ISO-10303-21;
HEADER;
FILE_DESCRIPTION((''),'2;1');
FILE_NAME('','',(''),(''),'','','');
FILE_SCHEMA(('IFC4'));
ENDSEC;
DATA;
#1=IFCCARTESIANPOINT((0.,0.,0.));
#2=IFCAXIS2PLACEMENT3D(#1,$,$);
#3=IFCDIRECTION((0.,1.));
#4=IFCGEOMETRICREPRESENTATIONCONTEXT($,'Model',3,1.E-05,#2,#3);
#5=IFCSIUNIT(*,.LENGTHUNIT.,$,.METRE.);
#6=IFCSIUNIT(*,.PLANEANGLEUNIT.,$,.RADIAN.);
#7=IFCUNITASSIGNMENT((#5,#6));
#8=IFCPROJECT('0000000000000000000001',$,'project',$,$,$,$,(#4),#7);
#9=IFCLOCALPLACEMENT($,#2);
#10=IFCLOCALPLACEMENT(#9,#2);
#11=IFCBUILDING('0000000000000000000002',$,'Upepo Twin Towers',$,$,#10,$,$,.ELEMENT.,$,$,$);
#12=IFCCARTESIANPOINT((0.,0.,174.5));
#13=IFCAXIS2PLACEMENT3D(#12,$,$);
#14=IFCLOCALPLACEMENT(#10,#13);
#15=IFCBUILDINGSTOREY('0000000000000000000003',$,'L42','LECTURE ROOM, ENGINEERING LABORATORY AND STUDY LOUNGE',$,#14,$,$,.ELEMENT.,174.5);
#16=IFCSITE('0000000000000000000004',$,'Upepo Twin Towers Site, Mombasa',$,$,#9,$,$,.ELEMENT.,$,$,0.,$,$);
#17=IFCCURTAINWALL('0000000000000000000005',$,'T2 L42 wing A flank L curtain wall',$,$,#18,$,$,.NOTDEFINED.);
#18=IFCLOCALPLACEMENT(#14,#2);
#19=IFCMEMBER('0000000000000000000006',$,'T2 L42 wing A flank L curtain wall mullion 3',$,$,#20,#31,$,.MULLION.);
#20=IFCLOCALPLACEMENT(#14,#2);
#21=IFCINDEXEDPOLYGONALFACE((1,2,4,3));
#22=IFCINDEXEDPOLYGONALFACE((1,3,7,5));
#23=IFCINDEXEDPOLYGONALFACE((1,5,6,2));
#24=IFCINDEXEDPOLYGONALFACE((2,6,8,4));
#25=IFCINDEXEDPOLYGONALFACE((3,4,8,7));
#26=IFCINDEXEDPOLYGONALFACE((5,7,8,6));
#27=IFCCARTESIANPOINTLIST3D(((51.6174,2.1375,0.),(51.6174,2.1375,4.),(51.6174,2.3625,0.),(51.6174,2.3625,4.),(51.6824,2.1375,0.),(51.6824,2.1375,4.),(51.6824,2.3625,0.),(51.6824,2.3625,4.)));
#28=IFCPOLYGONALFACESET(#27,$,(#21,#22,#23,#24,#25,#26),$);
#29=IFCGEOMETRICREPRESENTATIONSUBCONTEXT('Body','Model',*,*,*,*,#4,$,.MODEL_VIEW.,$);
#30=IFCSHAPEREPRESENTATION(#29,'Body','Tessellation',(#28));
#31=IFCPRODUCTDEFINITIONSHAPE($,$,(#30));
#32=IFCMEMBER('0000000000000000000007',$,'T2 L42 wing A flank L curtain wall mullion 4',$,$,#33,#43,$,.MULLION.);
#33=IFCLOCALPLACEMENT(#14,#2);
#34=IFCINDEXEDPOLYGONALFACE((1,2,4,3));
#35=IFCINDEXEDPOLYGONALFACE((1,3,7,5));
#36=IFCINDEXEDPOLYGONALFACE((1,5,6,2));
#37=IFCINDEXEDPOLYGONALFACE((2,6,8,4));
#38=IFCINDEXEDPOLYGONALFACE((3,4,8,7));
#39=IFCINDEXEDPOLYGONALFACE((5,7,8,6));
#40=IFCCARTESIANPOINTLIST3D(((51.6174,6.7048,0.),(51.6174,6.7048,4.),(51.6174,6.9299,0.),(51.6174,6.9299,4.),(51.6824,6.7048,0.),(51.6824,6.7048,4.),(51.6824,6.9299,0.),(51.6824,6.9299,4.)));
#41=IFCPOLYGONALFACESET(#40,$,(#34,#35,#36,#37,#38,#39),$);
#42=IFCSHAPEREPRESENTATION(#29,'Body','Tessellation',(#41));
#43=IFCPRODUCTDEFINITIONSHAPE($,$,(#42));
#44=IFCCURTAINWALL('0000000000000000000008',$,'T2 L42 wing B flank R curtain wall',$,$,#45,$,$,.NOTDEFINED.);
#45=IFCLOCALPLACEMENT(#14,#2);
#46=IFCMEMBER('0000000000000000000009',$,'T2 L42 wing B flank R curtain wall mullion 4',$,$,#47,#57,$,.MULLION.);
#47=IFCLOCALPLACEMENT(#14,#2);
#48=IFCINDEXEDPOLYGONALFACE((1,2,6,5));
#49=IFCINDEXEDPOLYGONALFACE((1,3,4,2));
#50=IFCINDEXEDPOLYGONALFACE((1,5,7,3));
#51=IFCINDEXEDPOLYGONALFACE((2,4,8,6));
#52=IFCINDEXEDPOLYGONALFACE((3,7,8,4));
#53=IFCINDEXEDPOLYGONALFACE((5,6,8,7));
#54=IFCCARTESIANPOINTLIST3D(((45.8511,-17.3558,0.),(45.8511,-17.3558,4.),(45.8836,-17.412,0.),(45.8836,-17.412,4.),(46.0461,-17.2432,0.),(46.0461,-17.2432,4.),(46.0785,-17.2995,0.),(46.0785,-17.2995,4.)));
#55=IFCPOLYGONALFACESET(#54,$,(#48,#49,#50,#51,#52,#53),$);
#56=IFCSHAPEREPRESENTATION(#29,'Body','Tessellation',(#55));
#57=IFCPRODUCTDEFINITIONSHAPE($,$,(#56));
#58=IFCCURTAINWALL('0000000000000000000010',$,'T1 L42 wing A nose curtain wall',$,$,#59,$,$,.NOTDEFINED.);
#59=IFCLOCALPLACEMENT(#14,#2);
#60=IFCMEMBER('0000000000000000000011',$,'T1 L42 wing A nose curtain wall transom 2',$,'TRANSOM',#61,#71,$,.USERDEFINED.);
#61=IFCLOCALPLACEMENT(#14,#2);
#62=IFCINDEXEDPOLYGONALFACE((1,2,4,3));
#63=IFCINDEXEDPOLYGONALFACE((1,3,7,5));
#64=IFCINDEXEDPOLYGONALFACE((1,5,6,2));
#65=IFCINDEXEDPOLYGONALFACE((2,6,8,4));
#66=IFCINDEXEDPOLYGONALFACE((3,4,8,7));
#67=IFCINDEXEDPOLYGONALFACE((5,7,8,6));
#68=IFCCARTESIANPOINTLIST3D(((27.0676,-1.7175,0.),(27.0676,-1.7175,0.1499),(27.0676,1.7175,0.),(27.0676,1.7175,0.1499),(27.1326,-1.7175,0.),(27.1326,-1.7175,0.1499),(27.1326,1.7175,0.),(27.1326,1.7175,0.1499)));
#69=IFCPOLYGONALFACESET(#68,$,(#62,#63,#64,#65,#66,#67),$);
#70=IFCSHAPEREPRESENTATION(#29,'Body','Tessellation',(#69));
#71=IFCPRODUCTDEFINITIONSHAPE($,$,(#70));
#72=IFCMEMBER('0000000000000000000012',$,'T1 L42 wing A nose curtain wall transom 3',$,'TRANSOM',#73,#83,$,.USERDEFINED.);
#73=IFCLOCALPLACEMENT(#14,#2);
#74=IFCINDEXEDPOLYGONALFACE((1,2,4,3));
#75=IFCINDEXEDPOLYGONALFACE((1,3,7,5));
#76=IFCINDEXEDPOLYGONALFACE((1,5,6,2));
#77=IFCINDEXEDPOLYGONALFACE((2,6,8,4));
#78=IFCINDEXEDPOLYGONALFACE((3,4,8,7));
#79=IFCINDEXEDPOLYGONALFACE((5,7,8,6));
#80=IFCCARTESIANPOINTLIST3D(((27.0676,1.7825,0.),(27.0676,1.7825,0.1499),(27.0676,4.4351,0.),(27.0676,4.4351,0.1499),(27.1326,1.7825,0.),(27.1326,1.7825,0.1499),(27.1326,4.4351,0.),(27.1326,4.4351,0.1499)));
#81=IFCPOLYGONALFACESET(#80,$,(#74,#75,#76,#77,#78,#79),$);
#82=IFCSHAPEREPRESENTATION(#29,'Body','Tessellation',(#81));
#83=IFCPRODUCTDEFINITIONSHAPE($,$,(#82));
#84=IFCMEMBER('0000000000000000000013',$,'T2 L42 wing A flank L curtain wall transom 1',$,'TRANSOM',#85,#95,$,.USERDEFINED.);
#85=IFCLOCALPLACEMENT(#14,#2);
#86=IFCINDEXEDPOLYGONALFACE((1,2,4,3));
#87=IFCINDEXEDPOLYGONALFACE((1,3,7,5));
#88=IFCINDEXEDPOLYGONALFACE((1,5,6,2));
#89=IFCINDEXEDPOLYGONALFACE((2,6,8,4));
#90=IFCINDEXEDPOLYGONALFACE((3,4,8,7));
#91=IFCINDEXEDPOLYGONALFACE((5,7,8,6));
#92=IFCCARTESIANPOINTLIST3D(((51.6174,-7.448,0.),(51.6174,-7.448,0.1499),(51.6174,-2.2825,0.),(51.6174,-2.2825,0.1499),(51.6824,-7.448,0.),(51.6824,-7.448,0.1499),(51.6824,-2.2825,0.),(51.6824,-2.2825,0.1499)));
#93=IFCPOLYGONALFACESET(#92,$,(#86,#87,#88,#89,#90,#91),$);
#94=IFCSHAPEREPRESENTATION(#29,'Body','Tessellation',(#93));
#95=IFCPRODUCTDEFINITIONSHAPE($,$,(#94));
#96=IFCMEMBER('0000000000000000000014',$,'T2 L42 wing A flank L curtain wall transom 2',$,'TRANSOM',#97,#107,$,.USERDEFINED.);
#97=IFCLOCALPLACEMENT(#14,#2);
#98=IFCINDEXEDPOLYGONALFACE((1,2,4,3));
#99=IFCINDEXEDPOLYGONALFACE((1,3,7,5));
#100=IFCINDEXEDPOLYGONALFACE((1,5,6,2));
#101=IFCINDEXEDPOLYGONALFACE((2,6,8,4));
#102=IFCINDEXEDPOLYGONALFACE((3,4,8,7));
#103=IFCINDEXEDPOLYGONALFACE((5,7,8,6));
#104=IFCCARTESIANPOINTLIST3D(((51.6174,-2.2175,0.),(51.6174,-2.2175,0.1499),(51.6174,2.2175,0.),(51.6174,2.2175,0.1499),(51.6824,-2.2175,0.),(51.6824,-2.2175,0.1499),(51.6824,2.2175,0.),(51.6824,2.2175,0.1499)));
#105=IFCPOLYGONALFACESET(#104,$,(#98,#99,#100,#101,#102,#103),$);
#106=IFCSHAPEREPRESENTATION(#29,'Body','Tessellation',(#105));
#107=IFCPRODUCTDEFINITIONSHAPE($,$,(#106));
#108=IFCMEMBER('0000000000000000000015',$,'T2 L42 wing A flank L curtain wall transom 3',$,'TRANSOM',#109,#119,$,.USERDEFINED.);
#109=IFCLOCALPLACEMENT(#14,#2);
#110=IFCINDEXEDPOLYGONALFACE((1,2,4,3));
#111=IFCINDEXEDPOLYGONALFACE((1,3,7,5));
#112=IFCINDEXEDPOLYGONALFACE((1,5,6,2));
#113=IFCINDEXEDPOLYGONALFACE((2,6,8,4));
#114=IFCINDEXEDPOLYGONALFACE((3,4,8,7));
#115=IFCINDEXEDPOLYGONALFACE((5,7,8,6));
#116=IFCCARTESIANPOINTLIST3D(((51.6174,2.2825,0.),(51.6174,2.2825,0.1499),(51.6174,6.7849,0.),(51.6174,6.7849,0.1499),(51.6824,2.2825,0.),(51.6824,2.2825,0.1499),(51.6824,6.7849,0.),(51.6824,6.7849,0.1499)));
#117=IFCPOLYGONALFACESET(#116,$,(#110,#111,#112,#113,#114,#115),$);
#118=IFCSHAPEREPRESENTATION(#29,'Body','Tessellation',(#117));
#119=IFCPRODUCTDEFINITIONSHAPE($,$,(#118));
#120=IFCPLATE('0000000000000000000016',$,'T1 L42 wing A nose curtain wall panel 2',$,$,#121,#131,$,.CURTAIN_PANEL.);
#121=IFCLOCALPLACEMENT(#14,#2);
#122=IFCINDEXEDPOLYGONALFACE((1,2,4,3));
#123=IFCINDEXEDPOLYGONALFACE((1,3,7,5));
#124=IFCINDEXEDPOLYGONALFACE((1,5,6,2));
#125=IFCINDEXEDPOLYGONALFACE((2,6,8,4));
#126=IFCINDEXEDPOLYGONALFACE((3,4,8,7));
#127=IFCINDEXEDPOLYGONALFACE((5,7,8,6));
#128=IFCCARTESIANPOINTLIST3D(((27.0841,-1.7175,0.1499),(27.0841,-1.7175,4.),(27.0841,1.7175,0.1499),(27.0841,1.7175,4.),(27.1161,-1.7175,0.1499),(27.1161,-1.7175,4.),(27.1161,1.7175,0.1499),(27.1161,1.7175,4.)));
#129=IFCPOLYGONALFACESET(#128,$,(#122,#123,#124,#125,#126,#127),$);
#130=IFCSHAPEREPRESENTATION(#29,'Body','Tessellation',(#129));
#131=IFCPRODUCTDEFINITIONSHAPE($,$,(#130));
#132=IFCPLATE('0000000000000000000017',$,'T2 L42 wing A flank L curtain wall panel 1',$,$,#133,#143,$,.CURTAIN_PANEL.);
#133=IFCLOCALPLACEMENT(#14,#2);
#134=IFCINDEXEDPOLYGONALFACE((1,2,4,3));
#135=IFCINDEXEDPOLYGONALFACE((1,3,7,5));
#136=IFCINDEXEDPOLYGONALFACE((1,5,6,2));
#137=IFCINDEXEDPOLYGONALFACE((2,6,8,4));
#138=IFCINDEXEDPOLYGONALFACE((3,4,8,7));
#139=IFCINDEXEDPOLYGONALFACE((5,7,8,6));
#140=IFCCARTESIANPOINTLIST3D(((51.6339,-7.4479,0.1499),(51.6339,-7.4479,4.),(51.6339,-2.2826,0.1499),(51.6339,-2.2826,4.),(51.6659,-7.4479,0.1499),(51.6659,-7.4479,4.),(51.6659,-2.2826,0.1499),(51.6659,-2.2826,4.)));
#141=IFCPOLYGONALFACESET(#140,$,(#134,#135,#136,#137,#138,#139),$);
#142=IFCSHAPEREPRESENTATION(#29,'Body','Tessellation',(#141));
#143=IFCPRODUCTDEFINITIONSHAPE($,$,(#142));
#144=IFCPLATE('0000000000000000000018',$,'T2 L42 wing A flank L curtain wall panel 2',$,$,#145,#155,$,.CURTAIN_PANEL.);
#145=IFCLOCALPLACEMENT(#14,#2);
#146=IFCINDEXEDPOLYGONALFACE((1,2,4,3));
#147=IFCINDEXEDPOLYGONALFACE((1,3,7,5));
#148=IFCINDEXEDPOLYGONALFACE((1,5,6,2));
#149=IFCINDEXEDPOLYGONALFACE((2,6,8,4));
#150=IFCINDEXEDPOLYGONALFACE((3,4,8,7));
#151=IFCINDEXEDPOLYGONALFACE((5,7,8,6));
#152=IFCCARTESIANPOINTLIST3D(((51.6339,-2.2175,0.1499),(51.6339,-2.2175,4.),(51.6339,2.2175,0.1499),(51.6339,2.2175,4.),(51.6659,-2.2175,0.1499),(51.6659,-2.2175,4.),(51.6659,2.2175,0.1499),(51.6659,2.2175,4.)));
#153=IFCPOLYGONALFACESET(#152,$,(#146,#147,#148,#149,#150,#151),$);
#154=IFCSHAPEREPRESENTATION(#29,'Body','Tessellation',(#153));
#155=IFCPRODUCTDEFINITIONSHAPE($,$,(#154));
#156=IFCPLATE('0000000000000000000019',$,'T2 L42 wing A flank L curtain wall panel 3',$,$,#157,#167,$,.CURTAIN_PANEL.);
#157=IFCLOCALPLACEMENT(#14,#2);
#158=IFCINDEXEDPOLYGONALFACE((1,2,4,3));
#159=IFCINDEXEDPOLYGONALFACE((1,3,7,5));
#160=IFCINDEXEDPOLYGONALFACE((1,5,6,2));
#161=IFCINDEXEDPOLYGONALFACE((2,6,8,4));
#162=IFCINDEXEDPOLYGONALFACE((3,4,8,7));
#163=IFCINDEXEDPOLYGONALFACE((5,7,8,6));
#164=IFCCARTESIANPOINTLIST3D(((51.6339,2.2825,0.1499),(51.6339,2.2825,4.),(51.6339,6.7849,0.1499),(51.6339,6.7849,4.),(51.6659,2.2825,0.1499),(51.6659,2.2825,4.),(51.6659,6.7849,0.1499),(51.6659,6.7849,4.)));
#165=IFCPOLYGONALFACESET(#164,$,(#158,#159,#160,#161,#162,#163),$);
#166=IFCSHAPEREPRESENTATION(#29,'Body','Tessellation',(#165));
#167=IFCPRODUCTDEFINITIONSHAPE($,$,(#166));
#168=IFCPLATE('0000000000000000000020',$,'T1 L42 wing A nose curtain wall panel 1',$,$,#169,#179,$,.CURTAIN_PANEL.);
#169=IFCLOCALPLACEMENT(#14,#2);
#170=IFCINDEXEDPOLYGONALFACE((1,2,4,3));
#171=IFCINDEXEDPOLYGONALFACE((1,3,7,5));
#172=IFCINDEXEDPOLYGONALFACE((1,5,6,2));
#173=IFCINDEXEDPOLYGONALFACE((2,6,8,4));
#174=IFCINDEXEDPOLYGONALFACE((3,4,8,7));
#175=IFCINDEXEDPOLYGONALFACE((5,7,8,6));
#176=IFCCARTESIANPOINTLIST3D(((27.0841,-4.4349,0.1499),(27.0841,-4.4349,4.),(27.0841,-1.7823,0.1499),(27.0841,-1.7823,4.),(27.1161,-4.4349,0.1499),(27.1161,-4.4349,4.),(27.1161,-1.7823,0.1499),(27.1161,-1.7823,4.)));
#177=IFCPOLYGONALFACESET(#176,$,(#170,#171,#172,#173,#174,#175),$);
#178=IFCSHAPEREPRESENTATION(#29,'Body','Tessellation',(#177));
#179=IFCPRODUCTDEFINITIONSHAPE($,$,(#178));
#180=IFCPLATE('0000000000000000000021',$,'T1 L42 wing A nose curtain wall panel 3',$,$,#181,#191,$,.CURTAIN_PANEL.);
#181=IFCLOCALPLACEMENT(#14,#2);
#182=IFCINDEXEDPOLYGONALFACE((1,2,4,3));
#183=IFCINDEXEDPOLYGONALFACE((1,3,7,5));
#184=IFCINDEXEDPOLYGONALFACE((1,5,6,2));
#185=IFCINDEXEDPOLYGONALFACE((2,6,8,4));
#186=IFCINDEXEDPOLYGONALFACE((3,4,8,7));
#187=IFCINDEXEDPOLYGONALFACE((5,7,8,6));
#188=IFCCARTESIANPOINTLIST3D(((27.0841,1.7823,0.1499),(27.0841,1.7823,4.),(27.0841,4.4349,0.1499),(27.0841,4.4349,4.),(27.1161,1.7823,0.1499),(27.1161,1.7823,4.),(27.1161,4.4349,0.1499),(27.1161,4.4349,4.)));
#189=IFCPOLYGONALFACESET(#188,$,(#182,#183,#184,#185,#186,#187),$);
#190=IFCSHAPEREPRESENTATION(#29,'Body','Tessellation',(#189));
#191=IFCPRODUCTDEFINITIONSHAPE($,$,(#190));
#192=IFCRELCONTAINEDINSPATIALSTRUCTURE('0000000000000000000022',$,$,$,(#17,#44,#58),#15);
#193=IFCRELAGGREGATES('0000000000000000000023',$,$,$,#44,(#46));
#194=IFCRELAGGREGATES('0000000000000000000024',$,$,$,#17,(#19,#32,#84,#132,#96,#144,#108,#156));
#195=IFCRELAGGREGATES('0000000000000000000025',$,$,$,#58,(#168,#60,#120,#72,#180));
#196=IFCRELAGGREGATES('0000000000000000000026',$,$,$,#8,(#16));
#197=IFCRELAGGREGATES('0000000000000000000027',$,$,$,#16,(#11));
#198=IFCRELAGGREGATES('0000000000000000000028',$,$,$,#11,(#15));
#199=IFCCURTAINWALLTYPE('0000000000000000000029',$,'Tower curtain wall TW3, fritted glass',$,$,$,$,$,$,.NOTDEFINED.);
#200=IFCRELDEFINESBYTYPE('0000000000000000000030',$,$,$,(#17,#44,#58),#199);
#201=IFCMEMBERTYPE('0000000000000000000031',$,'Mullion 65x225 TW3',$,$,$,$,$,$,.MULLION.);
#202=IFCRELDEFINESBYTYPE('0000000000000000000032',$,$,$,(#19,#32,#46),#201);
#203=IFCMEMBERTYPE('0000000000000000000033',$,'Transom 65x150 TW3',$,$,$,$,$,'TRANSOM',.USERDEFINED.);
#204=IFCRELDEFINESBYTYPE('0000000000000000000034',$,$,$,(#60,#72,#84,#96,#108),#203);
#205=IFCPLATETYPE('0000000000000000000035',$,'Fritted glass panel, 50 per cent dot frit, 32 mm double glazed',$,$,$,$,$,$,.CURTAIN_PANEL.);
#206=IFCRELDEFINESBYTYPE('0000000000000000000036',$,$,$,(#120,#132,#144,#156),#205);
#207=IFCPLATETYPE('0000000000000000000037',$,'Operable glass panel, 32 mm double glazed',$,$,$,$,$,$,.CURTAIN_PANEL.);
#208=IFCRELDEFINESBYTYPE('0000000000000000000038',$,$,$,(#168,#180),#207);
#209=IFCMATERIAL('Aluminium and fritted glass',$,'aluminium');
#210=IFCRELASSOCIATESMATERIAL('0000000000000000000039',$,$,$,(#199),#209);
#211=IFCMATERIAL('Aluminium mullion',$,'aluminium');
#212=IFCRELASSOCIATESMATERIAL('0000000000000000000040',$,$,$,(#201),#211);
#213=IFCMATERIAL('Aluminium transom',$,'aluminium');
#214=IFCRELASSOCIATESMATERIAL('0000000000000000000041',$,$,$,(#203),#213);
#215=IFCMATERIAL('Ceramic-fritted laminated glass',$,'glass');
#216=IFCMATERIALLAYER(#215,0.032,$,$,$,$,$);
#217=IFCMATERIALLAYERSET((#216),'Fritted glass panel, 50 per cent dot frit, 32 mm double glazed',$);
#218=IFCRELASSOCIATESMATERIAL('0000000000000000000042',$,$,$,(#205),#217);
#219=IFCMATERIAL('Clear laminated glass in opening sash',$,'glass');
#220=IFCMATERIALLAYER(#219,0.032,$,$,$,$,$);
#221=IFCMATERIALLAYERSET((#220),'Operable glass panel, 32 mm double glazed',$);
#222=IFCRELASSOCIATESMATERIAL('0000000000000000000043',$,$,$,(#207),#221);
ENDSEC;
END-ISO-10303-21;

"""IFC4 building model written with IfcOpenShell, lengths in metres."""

from ifc_helpers import new_model, si_unit, direction, frame, origin, origin_2d, place, context, subcontext, project, spatial, rectangle, extrude, material, layer, layer_set, material_profile, profile_set, type_object, element, aggregate, save


model = new_model("IFC4")

# Units and contexts
model_context = context("Model", 3, precision=1e-05, world=origin(), true_north=direction((0.0, 1.0)))
body_context = subcontext(model_context, "Body", "Model", "MODEL_VIEW")
ifc_project = project(units=[si_unit("LENGTHUNIT", "METRE"), si_unit("PLANEANGLEUNIT", "RADIAN")], contexts=[model_context])

# Site, building, storey
site_placement = place(None, origin())
site = spatial("IfcSite", under=ifc_project, at=site_placement, Name="Upepo Twin Towers Site, Mombasa", CompositionType="ELEMENT", RefElevation=0.0)
building_placement = place(site_placement, origin())
building = spatial("IfcBuilding", under=site, at=building_placement, Name="Upepo Twin Towers", CompositionType="ELEMENT")
storey_placement = place(building_placement, frame((0.0, 0.0, 174.5)))
storey = spatial("IfcBuildingStorey", under=building, at=storey_placement, Name="L42", Description="LECTURE ROOM, ENGINEERING LABORATORY AND STUDY LOUNGE", CompositionType="ELEMENT", Elevation=174.5)

# Curtain wall, members
ifc_material_1 = material(Name="Aluminium and fritted glass", Category="aluminium")
curtain_wall_type = type_object("IfcCurtainWallType", Name="Tower curtain wall TW3, fritted glass", PredefinedType="NOTDEFINED", material=ifc_material_1)
curtain_wall_1_placement = place(storey_placement, origin())
curtain_wall_1 = element("IfcCurtainWall", 1, at=curtain_wall_1_placement, inside=storey, type_object=curtain_wall_type, Name="T2 L42 wing A flank L curtain wall", PredefinedType="NOTDEFINED")
ifc_material_2 = material(Name="Aluminium mullion", Category="aluminium")
ifc_material_profile_1 = material_profile(ifc_material_2, rectangle(XDim=0.0649, YDim=0.2251, at=origin_2d()), Name="MULLION 65x225")
ifc_profile_set_1 = profile_set([ifc_material_profile_1], Name="Aluminium mullion")
member_type_1 = type_object("IfcMemberType", Name="Mullion 65x225 TW3", PredefinedType="MULLION", material=ifc_profile_set_1)
member_1_placement = place(storey_placement, frame((51.6499, 2.25, 0.0), z_axis=(0.0, 0.0, 1.0), x_axis=(-1.0, 0.0, 0.0)))
member_1 = element("IfcMember", 2, at=member_1_placement, type_object=member_type_1, Name="T2 L42 wing A flank L curtain wall mullion 3", PredefinedType="MULLION", context=body_context, shape_type="SweptSolid", body=[
    extrude(rectangle(XDim=0.0649, YDim=0.2251, at=origin_2d()), origin(), (0.0, 0.0, 1.0), 4.0),
])
member_2_placement = place(storey_placement, frame((51.6499, 6.8174, 0.0), z_axis=(0.0, 0.0, 1.0), x_axis=(-1.0, 0.0, 0.0)))
member_2 = element("IfcMember", 3, at=member_2_placement, type_object=member_type_1, Name="T2 L42 wing A flank L curtain wall mullion 4", PredefinedType="MULLION", context=body_context, shape_type="SweptSolid", body=[
    extrude(rectangle(XDim=0.0649, YDim=0.2251, at=origin_2d()), origin(), (0.0, 0.0, 1.0), 4.0),
])

# Curtain wall, member
curtain_wall_2_placement = place(storey_placement, origin())
curtain_wall_2 = element("IfcCurtainWall", 4, at=curtain_wall_2_placement, inside=storey, type_object=curtain_wall_type, Name="T2 L42 wing B flank R curtain wall", PredefinedType="NOTDEFINED")
member_3_placement = place(storey_placement, frame((45.9648, -17.3276, 0.0), z_axis=(0.0, 0.0, 1.0), x_axis=(-0.5, 0.866025, 0.0)))
member_3 = element("IfcMember", 5, at=member_3_placement, type_object=member_type_1, Name="T2 L42 wing B flank R curtain wall mullion 4", PredefinedType="MULLION", context=body_context, shape_type="SweptSolid", body=[
    extrude(rectangle(XDim=0.0649, YDim=0.2251, at=origin_2d()), origin(), (0.0, 0.0, 1.0), 4.0),
])
aggregate(curtain_wall_2, [member_3])

# Curtain wall, members
curtain_wall_3_placement = place(storey_placement, origin())
curtain_wall_3 = element("IfcCurtainWall", 6, at=curtain_wall_3_placement, inside=storey, type_object=curtain_wall_type, Name="T1 L42 wing A nose curtain wall", PredefinedType="NOTDEFINED")
ifc_material_3 = material(Name="Aluminium transom", Category="aluminium")
ifc_material_profile_2 = material_profile(ifc_material_3, rectangle(XDim=0.0649, YDim=0.1499, at=origin_2d()), Name="TRANSOM 65x150")
ifc_profile_set_2 = profile_set([ifc_material_profile_2], Name="Aluminium transom")
member_type_2 = type_object("IfcMemberType", Name="Transom 65x150 TW3", ElementType="TRANSOM", PredefinedType="USERDEFINED", material=ifc_profile_set_2)
member_4_placement = place(storey_placement, frame((27.1001, -1.7175, 0.075), z_axis=(0.0, 1.0, 0.0), x_axis=(-1.0, 0.0, 0.0)))
member_4 = element("IfcMember", 7, at=member_4_placement, type_object=member_type_2, Name="T1 L42 wing A nose curtain wall transom 2", ObjectType="TRANSOM", PredefinedType="USERDEFINED", context=body_context, shape_type="SweptSolid", body=[
    extrude(rectangle(XDim=0.0649, YDim=0.1499, at=origin_2d()), origin(), (0.0, 0.0, 1.0), 3.4351),
])
member_5_placement = place(storey_placement, frame((27.1001, 1.7825, 0.075), z_axis=(0.0, 1.0, 0.0), x_axis=(-1.0, 0.0, 0.0)))
member_5 = element("IfcMember", 8, at=member_5_placement, type_object=member_type_2, Name="T1 L42 wing A nose curtain wall transom 3", ObjectType="TRANSOM", PredefinedType="USERDEFINED", context=body_context, shape_type="SweptSolid", body=[
    extrude(rectangle(XDim=0.0649, YDim=0.1499, at=origin_2d()), origin(), (0.0, 0.0, 1.0), 2.6526),
])

# Members
member_6_placement = place(storey_placement, frame((51.6499, -7.448, 0.075), z_axis=(0.0, 1.0, 0.0), x_axis=(-1.0, 0.0, 0.0)))
member_6 = element("IfcMember", 9, at=member_6_placement, type_object=member_type_2, Name="T2 L42 wing A flank L curtain wall transom 1", ObjectType="TRANSOM", PredefinedType="USERDEFINED", context=body_context, shape_type="SweptSolid", body=[
    extrude(rectangle(XDim=0.0649, YDim=0.1499, at=origin_2d()), origin(), (0.0, 0.0, 1.0), 5.1655),
])
member_7_placement = place(storey_placement, frame((51.6499, -2.2175, 0.075), z_axis=(0.0, 1.0, 0.0), x_axis=(-1.0, 0.0, 0.0)))
member_7 = element("IfcMember", 10, at=member_7_placement, type_object=member_type_2, Name="T2 L42 wing A flank L curtain wall transom 2", ObjectType="TRANSOM", PredefinedType="USERDEFINED", context=body_context, shape_type="SweptSolid", body=[
    extrude(rectangle(XDim=0.0649, YDim=0.1499, at=origin_2d()), origin(), (0.0, 0.0, 1.0), 4.4351),
])
member_8_placement = place(storey_placement, frame((51.6499, 2.2825, 0.075), z_axis=(0.0, 1.0, 0.0), x_axis=(-1.0, 0.0, 0.0)))
member_8 = element("IfcMember", 11, at=member_8_placement, type_object=member_type_2, Name="T2 L42 wing A flank L curtain wall transom 3", ObjectType="TRANSOM", PredefinedType="USERDEFINED", context=body_context, shape_type="SweptSolid", body=[
    extrude(rectangle(XDim=0.0649, YDim=0.1499, at=origin_2d()), origin(), (0.0, 0.0, 1.0), 4.5024),
])

# Plates
ifc_material_4 = material(Name="Ceramic-fritted laminated glass", Category="glass")
ifc_layer_1 = layer(ifc_material_4, 0.032)
ifc_layer_set_1 = layer_set([ifc_layer_1], Name="Fritted glass panel, 50 per cent dot frit, 32 mm double glazed")
plate_type_1 = type_object("IfcPlateType", Name="Fritted glass panel, 50 per cent dot frit, 32 mm double glazed", PredefinedType="CURTAIN_PANEL", material=ifc_layer_set_1)
plate_1_placement = place(storey_placement, frame((27.1001, 0.0, 0.1499), z_axis=(0.0, 0.0, 1.0), x_axis=(0.0, 1.0, 0.0)))
plate_1 = element("IfcPlate", 12, at=plate_1_placement, type_object=plate_type_1, Name="T1 L42 wing A nose curtain wall panel 2", PredefinedType="CURTAIN_PANEL", context=body_context, shape_type="SweptSolid", body=[
    extrude(rectangle(XDim=3.4351, YDim=0.032, at=origin_2d()), origin(), (0.0, 0.0, 1.0), 3.8501),
])
plate_2_placement = place(storey_placement, frame((51.6499, -4.8652, 0.1499), z_axis=(0.0, 0.0, 1.0), x_axis=(0.0, 1.0, 0.0)))
plate_2 = element("IfcPlate", 13, at=plate_2_placement, type_object=plate_type_1, Name="T2 L42 wing A flank L curtain wall panel 1", PredefinedType="CURTAIN_PANEL", context=body_context, shape_type="SweptSolid", body=[
    extrude(rectangle(XDim=5.1653, YDim=0.032, at=origin_2d()), origin(), (0.0, 0.0, 1.0), 3.8501),
])
plate_3_placement = place(storey_placement, frame((51.6499, 0.0, 0.1499), z_axis=(0.0, 0.0, 1.0), x_axis=(0.0, 1.0, 0.0)))
plate_3 = element("IfcPlate", 14, at=plate_3_placement, type_object=plate_type_1, Name="T2 L42 wing A flank L curtain wall panel 2", PredefinedType="CURTAIN_PANEL", context=body_context, shape_type="SweptSolid", body=[
    extrude(rectangle(XDim=4.4351, YDim=0.032, at=origin_2d()), origin(), (0.0, 0.0, 1.0), 3.8501),
])
plate_4_placement = place(storey_placement, frame((51.6499, 4.5337, 0.1499), z_axis=(0.0, 0.0, 1.0), x_axis=(0.0, 1.0, 0.0)))
plate_4 = element("IfcPlate", 15, at=plate_4_placement, type_object=plate_type_1, Name="T2 L42 wing A flank L curtain wall panel 3", PredefinedType="CURTAIN_PANEL", context=body_context, shape_type="SweptSolid", body=[
    extrude(rectangle(XDim=4.5024, YDim=0.032, at=origin_2d()), origin(), (0.0, 0.0, 1.0), 3.8501),
])
aggregate(curtain_wall_1, [member_1, member_2, member_6, plate_2, member_7, plate_3, member_8, plate_4])
ifc_material_5 = material(Name="Clear laminated glass in opening sash", Category="glass")
ifc_layer_2 = layer(ifc_material_5, 0.032)
ifc_layer_set_2 = layer_set([ifc_layer_2], Name="Operable glass panel, 32 mm double glazed")
plate_type_2 = type_object("IfcPlateType", Name="Operable glass panel, 32 mm double glazed", PredefinedType="CURTAIN_PANEL", material=ifc_layer_set_2)
plate_5_placement = place(storey_placement, frame((27.1001, -3.1086, 0.1499), z_axis=(0.0, 0.0, 1.0), x_axis=(0.0, 1.0, 0.0)))
plate_5 = element("IfcPlate", 16, at=plate_5_placement, type_object=plate_type_2, Name="T1 L42 wing A nose curtain wall panel 1", PredefinedType="CURTAIN_PANEL", context=body_context, shape_type="SweptSolid", body=[
    extrude(rectangle(XDim=2.6526, YDim=0.032, at=origin_2d()), origin(), (0.0, 0.0, 1.0), 3.8501),
])
plate_6_placement = place(storey_placement, frame((27.1001, 3.1086, 0.1499), z_axis=(0.0, 0.0, 1.0), x_axis=(0.0, 1.0, 0.0)))
plate_6 = element("IfcPlate", 17, at=plate_6_placement, type_object=plate_type_2, Name="T1 L42 wing A nose curtain wall panel 3", PredefinedType="CURTAIN_PANEL", context=body_context, shape_type="SweptSolid", body=[
    extrude(rectangle(XDim=2.6526, YDim=0.032, at=origin_2d()), origin(), (0.0, 0.0, 1.0), 3.8501),
])
aggregate(curtain_wall_3, [plate_5, member_4, plate_1, member_5, plate_6])

save(model, "model.ifc")
